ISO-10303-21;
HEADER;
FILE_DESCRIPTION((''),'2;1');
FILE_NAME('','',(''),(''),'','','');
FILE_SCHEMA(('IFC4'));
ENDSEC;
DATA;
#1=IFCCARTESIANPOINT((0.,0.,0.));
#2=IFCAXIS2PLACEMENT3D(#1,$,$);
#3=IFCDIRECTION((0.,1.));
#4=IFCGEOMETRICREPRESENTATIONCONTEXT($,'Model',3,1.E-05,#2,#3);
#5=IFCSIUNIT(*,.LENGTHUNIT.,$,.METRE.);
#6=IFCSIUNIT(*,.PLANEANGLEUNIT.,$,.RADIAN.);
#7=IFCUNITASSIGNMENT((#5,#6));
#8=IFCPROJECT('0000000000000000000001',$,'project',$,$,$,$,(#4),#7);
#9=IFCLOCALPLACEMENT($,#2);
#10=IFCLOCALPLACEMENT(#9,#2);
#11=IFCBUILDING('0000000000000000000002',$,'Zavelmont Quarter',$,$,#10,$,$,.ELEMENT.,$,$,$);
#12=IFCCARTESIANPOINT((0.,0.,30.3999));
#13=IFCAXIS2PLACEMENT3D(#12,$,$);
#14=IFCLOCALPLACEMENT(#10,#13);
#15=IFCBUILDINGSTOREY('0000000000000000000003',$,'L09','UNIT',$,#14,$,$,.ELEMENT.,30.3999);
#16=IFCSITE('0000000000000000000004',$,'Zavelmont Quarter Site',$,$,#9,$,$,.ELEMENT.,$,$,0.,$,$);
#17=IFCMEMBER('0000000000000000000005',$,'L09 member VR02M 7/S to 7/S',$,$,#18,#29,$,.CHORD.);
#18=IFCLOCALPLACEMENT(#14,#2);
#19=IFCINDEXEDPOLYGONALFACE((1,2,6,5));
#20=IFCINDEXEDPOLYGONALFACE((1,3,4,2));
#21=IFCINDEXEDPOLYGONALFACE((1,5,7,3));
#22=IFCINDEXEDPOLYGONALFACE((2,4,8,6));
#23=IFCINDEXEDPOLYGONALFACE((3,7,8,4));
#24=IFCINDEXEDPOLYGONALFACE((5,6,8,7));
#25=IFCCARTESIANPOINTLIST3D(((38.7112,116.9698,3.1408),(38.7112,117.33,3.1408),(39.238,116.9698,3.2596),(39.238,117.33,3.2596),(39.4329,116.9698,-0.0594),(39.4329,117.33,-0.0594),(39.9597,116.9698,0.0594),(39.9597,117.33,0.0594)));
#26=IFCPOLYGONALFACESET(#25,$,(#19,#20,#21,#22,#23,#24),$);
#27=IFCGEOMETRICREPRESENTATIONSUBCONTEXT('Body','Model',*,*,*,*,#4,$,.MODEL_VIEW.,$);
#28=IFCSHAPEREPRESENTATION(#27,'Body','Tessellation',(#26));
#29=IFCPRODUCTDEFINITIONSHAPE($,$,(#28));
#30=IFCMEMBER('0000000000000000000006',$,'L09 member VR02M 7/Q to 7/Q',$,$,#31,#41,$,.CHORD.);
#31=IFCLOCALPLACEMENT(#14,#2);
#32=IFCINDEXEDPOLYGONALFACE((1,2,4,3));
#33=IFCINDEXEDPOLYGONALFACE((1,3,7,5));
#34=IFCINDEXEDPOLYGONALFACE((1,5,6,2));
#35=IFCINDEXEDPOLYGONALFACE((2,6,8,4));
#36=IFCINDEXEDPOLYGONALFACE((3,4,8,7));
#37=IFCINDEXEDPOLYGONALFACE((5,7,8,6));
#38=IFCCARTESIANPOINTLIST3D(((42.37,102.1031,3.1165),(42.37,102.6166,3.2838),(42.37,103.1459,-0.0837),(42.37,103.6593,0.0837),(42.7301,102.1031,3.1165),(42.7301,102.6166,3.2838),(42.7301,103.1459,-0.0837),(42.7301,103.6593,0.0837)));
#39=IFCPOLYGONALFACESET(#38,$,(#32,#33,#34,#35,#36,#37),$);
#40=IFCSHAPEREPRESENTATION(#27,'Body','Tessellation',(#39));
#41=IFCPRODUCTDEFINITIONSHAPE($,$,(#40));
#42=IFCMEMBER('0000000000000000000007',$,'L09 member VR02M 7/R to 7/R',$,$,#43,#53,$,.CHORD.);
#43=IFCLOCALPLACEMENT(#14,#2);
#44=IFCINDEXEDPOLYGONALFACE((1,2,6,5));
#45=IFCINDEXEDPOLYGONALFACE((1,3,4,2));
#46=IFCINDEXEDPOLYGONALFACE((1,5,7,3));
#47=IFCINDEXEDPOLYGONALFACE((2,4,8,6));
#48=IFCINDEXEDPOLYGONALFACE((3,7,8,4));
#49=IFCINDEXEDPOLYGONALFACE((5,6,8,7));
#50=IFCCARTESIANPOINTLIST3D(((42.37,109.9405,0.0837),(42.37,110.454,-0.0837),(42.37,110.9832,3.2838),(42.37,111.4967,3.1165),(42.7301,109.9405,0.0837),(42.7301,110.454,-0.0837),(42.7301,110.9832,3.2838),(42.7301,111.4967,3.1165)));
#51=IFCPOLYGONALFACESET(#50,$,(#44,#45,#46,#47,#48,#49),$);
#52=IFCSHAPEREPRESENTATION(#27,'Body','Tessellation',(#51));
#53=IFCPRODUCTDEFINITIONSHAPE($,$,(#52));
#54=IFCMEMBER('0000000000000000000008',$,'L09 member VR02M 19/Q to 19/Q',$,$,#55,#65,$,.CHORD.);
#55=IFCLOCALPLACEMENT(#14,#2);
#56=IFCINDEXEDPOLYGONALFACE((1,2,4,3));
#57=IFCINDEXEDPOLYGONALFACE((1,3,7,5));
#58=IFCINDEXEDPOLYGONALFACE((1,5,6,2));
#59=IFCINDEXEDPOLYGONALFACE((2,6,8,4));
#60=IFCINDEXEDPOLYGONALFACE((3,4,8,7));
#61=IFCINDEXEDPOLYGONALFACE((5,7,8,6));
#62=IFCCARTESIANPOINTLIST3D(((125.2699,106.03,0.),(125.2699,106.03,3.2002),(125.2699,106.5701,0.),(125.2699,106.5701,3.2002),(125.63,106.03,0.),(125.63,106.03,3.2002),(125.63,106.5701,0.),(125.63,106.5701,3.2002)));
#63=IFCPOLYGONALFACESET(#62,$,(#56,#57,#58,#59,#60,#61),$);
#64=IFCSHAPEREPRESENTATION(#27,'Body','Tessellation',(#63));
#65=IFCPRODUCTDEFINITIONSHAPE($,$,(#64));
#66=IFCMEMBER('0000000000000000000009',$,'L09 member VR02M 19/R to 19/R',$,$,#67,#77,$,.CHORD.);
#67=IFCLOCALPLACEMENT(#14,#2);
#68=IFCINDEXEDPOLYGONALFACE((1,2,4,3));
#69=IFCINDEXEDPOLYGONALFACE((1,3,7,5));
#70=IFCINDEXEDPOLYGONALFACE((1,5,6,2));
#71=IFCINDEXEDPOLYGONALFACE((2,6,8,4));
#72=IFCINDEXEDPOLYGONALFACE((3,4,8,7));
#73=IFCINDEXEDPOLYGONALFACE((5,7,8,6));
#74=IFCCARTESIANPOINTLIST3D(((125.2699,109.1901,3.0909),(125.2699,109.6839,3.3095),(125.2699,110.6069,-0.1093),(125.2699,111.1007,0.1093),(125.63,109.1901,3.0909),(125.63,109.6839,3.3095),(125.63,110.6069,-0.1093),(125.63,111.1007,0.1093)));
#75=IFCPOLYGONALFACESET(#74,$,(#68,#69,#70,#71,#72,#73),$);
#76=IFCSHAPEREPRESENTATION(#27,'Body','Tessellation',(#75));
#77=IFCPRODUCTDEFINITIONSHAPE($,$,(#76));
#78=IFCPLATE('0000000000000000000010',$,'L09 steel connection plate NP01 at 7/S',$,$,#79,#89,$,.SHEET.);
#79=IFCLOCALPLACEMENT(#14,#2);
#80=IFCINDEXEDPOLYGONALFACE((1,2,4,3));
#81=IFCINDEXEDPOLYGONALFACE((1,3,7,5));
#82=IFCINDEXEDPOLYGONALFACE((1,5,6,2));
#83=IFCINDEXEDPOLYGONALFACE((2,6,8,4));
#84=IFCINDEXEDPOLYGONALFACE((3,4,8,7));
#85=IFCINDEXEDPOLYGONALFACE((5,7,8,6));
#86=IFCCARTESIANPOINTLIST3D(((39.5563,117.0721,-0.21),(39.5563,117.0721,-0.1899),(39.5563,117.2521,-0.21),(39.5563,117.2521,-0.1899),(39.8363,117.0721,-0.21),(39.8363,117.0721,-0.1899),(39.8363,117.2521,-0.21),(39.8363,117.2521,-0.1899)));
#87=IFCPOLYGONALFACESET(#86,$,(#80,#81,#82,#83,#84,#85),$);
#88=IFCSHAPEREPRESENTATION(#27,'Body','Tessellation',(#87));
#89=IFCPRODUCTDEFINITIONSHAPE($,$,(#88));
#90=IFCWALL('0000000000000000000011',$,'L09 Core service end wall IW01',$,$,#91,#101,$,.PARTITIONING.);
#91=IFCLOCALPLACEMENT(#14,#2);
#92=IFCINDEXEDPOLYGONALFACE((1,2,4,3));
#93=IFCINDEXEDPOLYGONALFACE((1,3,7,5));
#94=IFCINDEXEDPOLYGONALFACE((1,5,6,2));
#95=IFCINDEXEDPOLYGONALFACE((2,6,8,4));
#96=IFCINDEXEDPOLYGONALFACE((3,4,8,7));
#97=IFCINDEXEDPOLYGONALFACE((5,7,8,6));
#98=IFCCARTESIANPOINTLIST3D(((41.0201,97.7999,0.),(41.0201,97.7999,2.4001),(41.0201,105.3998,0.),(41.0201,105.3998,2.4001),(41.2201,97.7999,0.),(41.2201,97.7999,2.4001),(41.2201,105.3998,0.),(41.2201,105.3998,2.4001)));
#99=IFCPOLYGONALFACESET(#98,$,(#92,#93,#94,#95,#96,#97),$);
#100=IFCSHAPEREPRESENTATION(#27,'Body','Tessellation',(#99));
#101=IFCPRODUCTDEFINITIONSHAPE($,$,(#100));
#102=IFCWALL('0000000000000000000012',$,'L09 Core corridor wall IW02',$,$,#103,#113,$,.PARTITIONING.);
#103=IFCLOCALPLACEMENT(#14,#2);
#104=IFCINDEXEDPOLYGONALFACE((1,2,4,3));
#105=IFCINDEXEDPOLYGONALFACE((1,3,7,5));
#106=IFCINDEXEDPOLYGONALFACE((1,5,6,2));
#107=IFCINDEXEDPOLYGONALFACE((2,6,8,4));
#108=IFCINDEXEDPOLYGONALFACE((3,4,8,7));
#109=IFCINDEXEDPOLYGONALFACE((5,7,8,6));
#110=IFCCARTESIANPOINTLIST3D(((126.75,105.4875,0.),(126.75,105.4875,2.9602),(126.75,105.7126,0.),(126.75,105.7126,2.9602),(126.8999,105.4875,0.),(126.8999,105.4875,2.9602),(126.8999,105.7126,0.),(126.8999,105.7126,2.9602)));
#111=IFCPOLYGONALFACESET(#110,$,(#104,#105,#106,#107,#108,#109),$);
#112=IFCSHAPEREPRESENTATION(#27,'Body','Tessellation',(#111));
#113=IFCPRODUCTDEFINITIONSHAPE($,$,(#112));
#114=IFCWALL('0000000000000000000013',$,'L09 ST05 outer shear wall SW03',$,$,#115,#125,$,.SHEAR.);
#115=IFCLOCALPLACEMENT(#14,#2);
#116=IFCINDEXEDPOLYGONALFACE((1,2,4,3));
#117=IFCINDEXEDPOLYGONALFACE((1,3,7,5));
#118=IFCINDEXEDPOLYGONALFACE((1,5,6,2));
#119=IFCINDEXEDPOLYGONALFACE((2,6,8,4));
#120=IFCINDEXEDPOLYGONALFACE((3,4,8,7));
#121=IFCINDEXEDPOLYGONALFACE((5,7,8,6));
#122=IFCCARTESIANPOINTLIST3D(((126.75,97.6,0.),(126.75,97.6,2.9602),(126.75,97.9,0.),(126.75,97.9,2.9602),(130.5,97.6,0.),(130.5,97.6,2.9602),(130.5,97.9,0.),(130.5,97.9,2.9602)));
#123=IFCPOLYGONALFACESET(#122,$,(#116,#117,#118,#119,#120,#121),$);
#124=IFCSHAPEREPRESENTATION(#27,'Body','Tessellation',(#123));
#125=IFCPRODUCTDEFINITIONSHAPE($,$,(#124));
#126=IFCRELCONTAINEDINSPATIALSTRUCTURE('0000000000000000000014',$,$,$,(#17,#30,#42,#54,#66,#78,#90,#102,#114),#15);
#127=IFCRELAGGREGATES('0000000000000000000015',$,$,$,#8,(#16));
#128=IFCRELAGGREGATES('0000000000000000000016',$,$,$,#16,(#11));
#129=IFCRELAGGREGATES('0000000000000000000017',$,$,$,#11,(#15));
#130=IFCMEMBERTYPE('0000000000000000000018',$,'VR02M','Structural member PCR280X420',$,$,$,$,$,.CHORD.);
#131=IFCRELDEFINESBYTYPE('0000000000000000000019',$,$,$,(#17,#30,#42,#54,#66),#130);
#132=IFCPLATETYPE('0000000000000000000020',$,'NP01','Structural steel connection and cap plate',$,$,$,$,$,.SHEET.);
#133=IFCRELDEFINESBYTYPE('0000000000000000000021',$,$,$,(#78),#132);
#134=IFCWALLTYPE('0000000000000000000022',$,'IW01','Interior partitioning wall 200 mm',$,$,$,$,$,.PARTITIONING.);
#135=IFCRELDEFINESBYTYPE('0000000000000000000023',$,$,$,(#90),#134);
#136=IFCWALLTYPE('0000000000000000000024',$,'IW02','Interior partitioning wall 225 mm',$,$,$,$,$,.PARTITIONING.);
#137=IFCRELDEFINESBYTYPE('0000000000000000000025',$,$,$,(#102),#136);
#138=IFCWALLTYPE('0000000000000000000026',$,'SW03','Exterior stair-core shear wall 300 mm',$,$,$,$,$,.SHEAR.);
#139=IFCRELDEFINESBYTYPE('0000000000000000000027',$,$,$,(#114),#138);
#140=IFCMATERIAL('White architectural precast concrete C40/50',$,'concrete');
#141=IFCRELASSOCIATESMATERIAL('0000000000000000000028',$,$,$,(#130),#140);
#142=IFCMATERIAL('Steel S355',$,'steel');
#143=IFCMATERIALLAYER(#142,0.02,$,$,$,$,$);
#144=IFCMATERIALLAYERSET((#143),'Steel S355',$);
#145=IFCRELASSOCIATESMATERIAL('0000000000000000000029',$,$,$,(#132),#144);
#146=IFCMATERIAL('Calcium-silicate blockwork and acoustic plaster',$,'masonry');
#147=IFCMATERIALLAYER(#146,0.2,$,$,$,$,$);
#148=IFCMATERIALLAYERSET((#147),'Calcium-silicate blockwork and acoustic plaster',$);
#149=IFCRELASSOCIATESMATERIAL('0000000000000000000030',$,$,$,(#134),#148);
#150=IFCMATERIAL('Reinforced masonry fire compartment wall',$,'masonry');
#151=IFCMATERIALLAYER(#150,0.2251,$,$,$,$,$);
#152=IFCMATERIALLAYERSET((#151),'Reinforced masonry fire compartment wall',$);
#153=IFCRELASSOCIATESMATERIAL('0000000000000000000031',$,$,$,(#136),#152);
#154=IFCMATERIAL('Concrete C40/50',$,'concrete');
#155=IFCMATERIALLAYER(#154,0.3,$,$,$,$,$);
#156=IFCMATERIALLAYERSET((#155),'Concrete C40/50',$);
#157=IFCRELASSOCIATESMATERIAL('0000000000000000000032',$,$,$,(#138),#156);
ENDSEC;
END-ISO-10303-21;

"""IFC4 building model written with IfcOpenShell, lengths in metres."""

from ifc_helpers import new_model, si_unit, direction, frame, frame_2d, origin, origin_2d, place, context, subcontext, project, spatial, rectangle, extrude, material, layer, layer_set, material_profile, profile_set, type_object, element, save


model = new_model("IFC4")

# Units and contexts
model_context = context("Model", 3, precision=1e-05, world=origin(), true_north=direction((0.0, 1.0)))
body_context = subcontext(model_context, "Body", "Model", "MODEL_VIEW")
ifc_project = project(units=[si_unit("LENGTHUNIT", "METRE"), si_unit("PLANEANGLEUNIT", "RADIAN")], contexts=[model_context])

# Site, building, storey
site_placement = place(None, origin())
site = spatial("IfcSite", under=ifc_project, at=site_placement, Name="Zavelmont Quarter Site", CompositionType="ELEMENT", RefElevation=0.0)
building_placement = place(site_placement, origin())
building = spatial("IfcBuilding", under=site, at=building_placement, Name="Zavelmont Quarter", CompositionType="ELEMENT")
storey_placement = place(building_placement, frame((0.0, 0.0, 30.3999)))
storey = spatial("IfcBuildingStorey", under=building, at=storey_placement, Name="L09", Description="UNIT", CompositionType="ELEMENT", Elevation=30.3999)

# Shared definitions
ifc_material_1 = material(Name="Steel S355", Category="steel")
ifc_material_2 = material(Name="Concrete C40/50", Category="concrete")

# Members
ifc_material_3 = material(Name="White architectural precast concrete C40/50", Category="concrete")
ifc_material_profile_1 = material_profile(ifc_material_3, rectangle(XDim=0.3601, YDim=0.54, at=origin_2d()), Name="PCR280X420")
ifc_profile_set_1 = profile_set([ifc_material_profile_1], Name="White architectural precast concrete C40/50")
member_type = type_object("IfcMemberType", Name="VR02M", Description="Structural member PCR280X420", PredefinedType="CHORD", material=ifc_profile_set_1)
member_1_placement = place(storey_placement, frame((39.6963, 117.1499, 0.0), z_axis=(-0.219987, 0.0, 0.975503), x_axis=(0.0, -1.0, 0.0)))
element("IfcMember", 1, at=member_1_placement, inside=storey, type_object=member_type, Name="L09 member VR02M 7/S to 7/S", PredefinedType="CHORD", context=body_context, shape_type="SweptSolid", body=[
    extrude(rectangle(XDim=0.3601, YDim=0.54, at=origin_2d()), origin(), (0.0, 0.0, 1.0), 3.2805),
])
for number, where, z_axis, x_axis, name in (
    (2, (42.55, 103.4026, 0.0), (0.0, -0.309801, 0.950801), (1.0, 0.0, 0.0), "L09 member VR02M 7/Q to 7/Q"),
    (3, (42.55, 110.1973, 0.0), (0.0, 0.309801, 0.950801), (-1.0, 0.0, 0.0), "L09 member VR02M 7/R to 7/R"),
):
    element("IfcMember", number, at=place(storey_placement, frame(where, z_axis=z_axis, x_axis=x_axis)), inside=storey, type_object=member_type, Name=name, PredefinedType="CHORD", context=body_context, shape_type="SweptSolid", body=[
        extrude(rectangle(XDim=0.3601, YDim=0.54, at=origin_2d()), origin(), (0.0, 0.0, 1.0), 3.3657),
    ])
member_2_placement = place(storey_placement, frame((125.45, 106.3, 0.0), z_axis=(0.0, 0.0, 1.0), x_axis=(1.0, 0.0, 0.0)))
element("IfcMember", 4, at=member_2_placement, inside=storey, type_object=member_type, Name="L09 member VR02M 19/Q to 19/Q", PredefinedType="CHORD", context=body_context, shape_type="SweptSolid", body=[
    extrude(rectangle(XDim=0.3601, YDim=0.54, at=origin_2d()), origin(), (0.0, 0.0, 1.0), 3.2002),
])
member_3_placement = place(storey_placement, frame((125.45, 110.8538, 0.0), z_axis=(0.0, -0.404811, 0.9144), x_axis=(1.0, 0.0, 0.0)))
element("IfcMember", 5, at=member_3_placement, inside=storey, type_object=member_type, Name="L09 member VR02M 19/R to 19/R", PredefinedType="CHORD", context=body_context, shape_type="SweptSolid", body=[
    extrude(rectangle(XDim=0.3601, YDim=0.54, at=origin_2d()), origin(), (0.0, 0.0, 1.0), 3.4998),
])

# Plate
ifc_layer_1 = layer(ifc_material_1, 0.02)
ifc_layer_set_1 = layer_set([ifc_layer_1], Name="Steel S355")
plate_type = type_object("IfcPlateType", Name="NP01", Description="Structural steel connection and cap plate", PredefinedType="SHEET", material=ifc_layer_set_1)
plate_placement = place(storey_placement, frame((39.6963, 117.1621, -0.21), z_axis=(0.0, 0.0, 1.0), x_axis=(1.0, 0.0, 0.0)))
element("IfcPlate", 6, at=plate_placement, inside=storey, type_object=plate_type, Name="L09 steel connection plate NP01 at 7/S", PredefinedType="SHEET", context=body_context, shape_type="SweptSolid", body=[
    extrude(rectangle(XDim=0.28, YDim=0.1799, at=origin_2d()), origin(), (0.0, 0.0, 1.0), 0.02),
])

# Wall
ifc_material_4 = material(Name="Calcium-silicate blockwork and acoustic plaster", Category="masonry")
ifc_layer_2 = layer(ifc_material_4, 0.2)
ifc_layer_set_2 = layer_set([ifc_layer_2], Name="Calcium-silicate blockwork and acoustic plaster")
wall_type_1 = type_object("IfcWallType", Name="IW01", Description="Interior partitioning wall 200 mm", PredefinedType="PARTITIONING", material=ifc_layer_set_2)
wall_1_placement = place(storey_placement, frame((41.1201, 97.8, 0.0), z_axis=(0.0, 0.0, 1.0), x_axis=(0.0, 1.0, 0.0)))
element("IfcWall", 7, at=wall_1_placement, inside=storey, type_object=wall_type_1, Name="L09 Core service end wall IW01", PredefinedType="PARTITIONING", context=body_context, shape_type="SweptSolid", body=[
    extrude(rectangle(XDim=7.5999, YDim=0.2, at=frame_2d((3.7998, 0.0))), origin(), (0.0, 0.0, 1.0), 2.4001),
])

# Walls
ifc_material_5 = material(Name="Reinforced masonry fire compartment wall", Category="masonry")
ifc_layer_3 = layer(ifc_material_5, 0.2251)
ifc_layer_set_3 = layer_set([ifc_layer_3], Name="Reinforced masonry fire compartment wall")
wall_type_2 = type_object("IfcWallType", Name="IW02", Description="Interior partitioning wall 225 mm", PredefinedType="PARTITIONING", material=ifc_layer_set_3)
wall_2_placement = place(storey_placement, frame((126.75, 105.6001, 0.0), z_axis=(0.0, 0.0, 1.0), x_axis=(1.0, 0.0, 0.0)))
element("IfcWall", 8, at=wall_2_placement, inside=storey, type_object=wall_type_2, Name="L09 Core corridor wall IW02", PredefinedType="PARTITIONING", context=body_context, shape_type="SweptSolid", body=[
    extrude(rectangle(XDim=0.1499, YDim=0.2251, at=frame_2d((0.075, 0.0))), origin(), (0.0, 0.0, 1.0), 2.9602),
])
ifc_layer_4 = layer(ifc_material_2, 0.3)
ifc_layer_set_4 = layer_set([ifc_layer_4], Name="Concrete C40/50")
wall_type_3 = type_object("IfcWallType", Name="SW03", Description="Exterior stair-core shear wall 300 mm", PredefinedType="SHEAR", material=ifc_layer_set_4)
wall_3_placement = place(storey_placement, frame((126.75, 97.75, 0.0), z_axis=(0.0, 0.0, 1.0), x_axis=(1.0, 0.0, 0.0)))
element("IfcWall", 9, at=wall_3_placement, inside=storey, type_object=wall_type_3, Name="L09 ST05 outer shear wall SW03", PredefinedType="SHEAR", context=body_context, shape_type="SweptSolid", body=[
    extrude(rectangle(XDim=3.75, YDim=0.3, at=frame_2d((1.875, 0.0))), origin(), (0.0, 0.0, 1.0), 2.9602),
])

save(model, "model.ifc")
